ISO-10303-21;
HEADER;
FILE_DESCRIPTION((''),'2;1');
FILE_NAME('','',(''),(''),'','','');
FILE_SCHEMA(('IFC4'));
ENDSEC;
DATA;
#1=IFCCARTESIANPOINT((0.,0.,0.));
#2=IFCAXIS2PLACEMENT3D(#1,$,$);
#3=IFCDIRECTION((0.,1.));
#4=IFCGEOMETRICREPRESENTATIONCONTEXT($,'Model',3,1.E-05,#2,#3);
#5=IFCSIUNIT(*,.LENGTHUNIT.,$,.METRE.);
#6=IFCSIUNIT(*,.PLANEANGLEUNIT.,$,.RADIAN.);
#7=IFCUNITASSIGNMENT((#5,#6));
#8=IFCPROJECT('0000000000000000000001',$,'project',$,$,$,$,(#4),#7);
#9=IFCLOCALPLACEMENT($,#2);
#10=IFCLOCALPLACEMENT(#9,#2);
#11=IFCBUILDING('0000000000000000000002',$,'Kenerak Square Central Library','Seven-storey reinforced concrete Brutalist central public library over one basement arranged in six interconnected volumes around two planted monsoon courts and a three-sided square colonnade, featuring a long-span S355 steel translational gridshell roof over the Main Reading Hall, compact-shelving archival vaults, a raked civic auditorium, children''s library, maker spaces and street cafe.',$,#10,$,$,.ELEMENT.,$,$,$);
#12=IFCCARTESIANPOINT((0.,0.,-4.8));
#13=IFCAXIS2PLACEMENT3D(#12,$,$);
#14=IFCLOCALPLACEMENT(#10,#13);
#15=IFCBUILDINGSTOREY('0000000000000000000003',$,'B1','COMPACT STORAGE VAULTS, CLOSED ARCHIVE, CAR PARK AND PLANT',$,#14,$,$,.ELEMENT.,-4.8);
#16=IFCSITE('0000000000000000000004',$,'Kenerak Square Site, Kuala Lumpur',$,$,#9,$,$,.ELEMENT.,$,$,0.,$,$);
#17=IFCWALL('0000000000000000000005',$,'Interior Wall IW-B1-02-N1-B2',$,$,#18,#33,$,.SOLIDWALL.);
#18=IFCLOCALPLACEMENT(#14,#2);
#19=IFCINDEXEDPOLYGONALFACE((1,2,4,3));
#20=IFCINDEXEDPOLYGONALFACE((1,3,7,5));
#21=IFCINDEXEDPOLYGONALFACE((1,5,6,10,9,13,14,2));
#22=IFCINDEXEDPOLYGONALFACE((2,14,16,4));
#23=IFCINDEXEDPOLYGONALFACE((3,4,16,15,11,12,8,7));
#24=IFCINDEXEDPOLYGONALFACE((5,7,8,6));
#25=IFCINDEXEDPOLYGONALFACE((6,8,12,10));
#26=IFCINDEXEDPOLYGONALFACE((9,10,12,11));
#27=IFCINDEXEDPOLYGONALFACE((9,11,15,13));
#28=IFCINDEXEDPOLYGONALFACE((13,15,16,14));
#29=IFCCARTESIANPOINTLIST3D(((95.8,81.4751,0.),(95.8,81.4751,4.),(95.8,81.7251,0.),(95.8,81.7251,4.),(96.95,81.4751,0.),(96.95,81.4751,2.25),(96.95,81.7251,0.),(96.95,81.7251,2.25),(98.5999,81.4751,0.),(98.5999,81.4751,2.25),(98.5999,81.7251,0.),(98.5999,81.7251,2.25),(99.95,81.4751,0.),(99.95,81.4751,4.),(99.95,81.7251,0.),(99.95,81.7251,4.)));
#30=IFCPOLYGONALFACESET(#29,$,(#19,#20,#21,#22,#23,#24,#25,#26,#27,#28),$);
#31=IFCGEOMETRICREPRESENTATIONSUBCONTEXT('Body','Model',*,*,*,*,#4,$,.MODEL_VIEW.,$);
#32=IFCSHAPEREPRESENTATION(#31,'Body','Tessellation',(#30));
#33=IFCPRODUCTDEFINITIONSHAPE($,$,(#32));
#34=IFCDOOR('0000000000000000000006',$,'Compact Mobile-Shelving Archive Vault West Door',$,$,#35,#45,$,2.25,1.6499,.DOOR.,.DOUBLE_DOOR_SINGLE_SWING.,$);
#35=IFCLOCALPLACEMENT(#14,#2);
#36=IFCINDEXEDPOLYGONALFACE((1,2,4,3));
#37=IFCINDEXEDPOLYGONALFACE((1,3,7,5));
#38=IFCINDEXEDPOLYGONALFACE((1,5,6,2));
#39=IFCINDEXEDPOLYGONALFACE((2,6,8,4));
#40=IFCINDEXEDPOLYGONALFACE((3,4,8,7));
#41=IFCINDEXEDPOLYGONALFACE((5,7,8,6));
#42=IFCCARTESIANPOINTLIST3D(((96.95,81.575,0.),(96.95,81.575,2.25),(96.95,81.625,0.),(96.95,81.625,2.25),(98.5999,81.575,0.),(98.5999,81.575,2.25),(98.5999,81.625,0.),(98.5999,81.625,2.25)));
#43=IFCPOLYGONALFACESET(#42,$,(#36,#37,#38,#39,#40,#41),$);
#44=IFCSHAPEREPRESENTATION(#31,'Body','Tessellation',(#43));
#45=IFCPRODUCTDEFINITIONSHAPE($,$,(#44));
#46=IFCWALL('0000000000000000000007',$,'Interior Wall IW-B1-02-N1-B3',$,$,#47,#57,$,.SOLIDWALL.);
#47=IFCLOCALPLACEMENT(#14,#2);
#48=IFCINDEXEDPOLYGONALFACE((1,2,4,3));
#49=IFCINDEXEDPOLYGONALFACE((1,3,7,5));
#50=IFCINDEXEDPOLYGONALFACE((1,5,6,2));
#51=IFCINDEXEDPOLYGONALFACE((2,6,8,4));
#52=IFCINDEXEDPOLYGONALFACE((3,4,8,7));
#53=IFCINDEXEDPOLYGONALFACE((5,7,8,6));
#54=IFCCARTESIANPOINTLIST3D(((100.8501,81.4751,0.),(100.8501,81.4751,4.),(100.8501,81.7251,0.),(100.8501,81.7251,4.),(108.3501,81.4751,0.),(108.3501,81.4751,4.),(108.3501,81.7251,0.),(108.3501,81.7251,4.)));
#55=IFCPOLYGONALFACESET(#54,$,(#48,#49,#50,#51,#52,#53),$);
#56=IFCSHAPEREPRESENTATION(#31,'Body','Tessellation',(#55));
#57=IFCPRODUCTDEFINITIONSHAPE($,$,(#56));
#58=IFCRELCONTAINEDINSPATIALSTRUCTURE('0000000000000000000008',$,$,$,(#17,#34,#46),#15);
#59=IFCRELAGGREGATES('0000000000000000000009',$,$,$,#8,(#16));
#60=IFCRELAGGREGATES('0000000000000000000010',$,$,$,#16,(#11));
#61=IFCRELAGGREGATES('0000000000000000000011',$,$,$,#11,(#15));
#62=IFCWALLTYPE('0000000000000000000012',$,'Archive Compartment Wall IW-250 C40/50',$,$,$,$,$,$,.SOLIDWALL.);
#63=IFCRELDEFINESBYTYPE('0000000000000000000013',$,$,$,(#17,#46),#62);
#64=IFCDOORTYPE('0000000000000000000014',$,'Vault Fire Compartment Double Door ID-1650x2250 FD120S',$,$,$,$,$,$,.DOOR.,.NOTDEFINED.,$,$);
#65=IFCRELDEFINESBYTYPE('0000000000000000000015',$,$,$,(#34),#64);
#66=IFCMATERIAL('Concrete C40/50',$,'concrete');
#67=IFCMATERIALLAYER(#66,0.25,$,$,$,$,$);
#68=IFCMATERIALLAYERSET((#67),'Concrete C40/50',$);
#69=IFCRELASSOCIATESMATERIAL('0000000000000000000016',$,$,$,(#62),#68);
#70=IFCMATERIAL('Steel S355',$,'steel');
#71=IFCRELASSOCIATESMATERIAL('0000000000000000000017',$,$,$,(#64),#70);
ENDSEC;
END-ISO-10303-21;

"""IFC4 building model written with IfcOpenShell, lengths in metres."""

from ifc_helpers import new_model, si_unit, direction, frame, frame_2d, origin, place, context, subcontext, project, spatial, rectangle, extrude, material, layer, layer_set, type_object, element, fill, save


model = new_model("IFC4")

# Units and contexts
model_context = context("Model", 3, precision=1e-05, world=origin(), true_north=direction((0.0, 1.0)))
body_context = subcontext(model_context, "Body", "Model", "MODEL_VIEW")
ifc_project = project(units=[si_unit("LENGTHUNIT", "METRE"), si_unit("PLANEANGLEUNIT", "RADIAN")], contexts=[model_context])

# Site, building, storey
site_placement = place(None, origin())
site = spatial("IfcSite", under=ifc_project, at=site_placement, Name="Kenerak Square Site, Kuala Lumpur", CompositionType="ELEMENT", RefElevation=0.0)
building_placement = place(site_placement, origin())
building = spatial("IfcBuilding", under=site, at=building_placement, Name="Kenerak Square Central Library", Description="Seven-storey reinforced concrete Brutalist central public library over one basement arranged in six interconnected volumes around two planted monsoon courts and a three-sided square colonnade, featuring a long-span S355 steel translational gridshell roof over the Main Reading Hall, compact-shelving archival vaults, a raked civic auditorium, children's library, maker spaces and street cafe.", CompositionType="ELEMENT")
storey_placement = place(building_placement, frame((0.0, 0.0, -4.8)))
storey = spatial("IfcBuildingStorey", under=building, at=storey_placement, Name="B1", Description="COMPACT STORAGE VAULTS, CLOSED ARCHIVE, CAR PARK AND PLANT", CompositionType="ELEMENT", Elevation=-4.8)

# Shared definitions
ifc_material_1 = material(Name="Concrete C40/50", Category="concrete")

# Shared definitions
ifc_layer = layer(ifc_material_1, 0.25)
ifc_layer_set = layer_set([ifc_layer], Name="Concrete C40/50")
wall_type = type_object("IfcWallType", Name="Archive Compartment Wall IW-250 C40/50", PredefinedType="SOLIDWALL", material=ifc_layer_set)

# Wall, opening, door
wall_1_placement = place(storey_placement, frame((95.8, 81.6001, 0.0), z_axis=(0.0, 0.0, 1.0), x_axis=(1.0, 0.0, 0.0)))
wall_1 = element("IfcWall", 1, at=wall_1_placement, inside=storey, type_object=wall_type, Name="Interior Wall IW-B1-02-N1-B2", PredefinedType="SOLIDWALL", context=body_context, shape_type="SweptSolid", body=[
    extrude(rectangle(XDim=4.1499, YDim=0.25, at=frame_2d((2.075, 0.0))), origin(), (0.0, 0.0, 1.0), 4.0),
])
opening_placement = place(wall_1_placement, frame((1.1499, 0.0, 0.0)))
opening = element("IfcOpeningElement", 2, at=opening_placement, cuts=wall_1, PredefinedType="OPENING", context=body_context, shape_type="SweptSolid", body=[
    extrude(rectangle(XDim=1.6499, YDim=2.25, at=frame_2d((0.825, 1.125))), frame((0.0, 0.135, 0.0), z_axis=(0.0, -1.0, 0.0), x_axis=(1.0, 0.0, 0.0)), (0.0, 0.0, 1.0), 0.27),
])
ifc_material_2 = material(Name="Steel S355", Category="steel")
door_type = type_object("IfcDoorType", Name="Vault Fire Compartment Double Door ID-1650x2250 FD120S", OperationType="NOTDEFINED", PredefinedType="DOOR", material=ifc_material_2)
door_placement = place(opening_placement, origin())
door = element("IfcDoor", 3, at=door_placement, inside=storey, type_object=door_type, Name="Compact Mobile-Shelving Archive Vault West Door", OperationType="DOUBLE_DOOR_SINGLE_SWING", OverallHeight=2.25, OverallWidth=1.6499, PredefinedType="DOOR", context=body_context, shape_type="SweptSolid", body=[
    extrude(rectangle(XDim=1.6499, YDim=2.25, at=frame_2d((0.825, 1.125))), frame((0.0, 0.0249, 0.0), z_axis=(0.0, -1.0, 0.0), x_axis=(1.0, 0.0, 0.0)), (0.0, 0.0, 1.0), 0.05),
])
fill(opening, door)

# Wall
wall_2_placement = place(storey_placement, frame((100.8501, 81.6001, 0.0), z_axis=(0.0, 0.0, 1.0), x_axis=(1.0, 0.0, 0.0)))
element("IfcWall", 4, at=wall_2_placement, inside=storey, type_object=wall_type, Name="Interior Wall IW-B1-02-N1-B3", PredefinedType="SOLIDWALL", context=body_context, shape_type="SweptSolid", body=[
    extrude(rectangle(XDim=7.5, YDim=0.25, at=frame_2d((3.75, 0.0))), origin(), (0.0, 0.0, 1.0), 4.0),
])

save(model, "model.ifc")
